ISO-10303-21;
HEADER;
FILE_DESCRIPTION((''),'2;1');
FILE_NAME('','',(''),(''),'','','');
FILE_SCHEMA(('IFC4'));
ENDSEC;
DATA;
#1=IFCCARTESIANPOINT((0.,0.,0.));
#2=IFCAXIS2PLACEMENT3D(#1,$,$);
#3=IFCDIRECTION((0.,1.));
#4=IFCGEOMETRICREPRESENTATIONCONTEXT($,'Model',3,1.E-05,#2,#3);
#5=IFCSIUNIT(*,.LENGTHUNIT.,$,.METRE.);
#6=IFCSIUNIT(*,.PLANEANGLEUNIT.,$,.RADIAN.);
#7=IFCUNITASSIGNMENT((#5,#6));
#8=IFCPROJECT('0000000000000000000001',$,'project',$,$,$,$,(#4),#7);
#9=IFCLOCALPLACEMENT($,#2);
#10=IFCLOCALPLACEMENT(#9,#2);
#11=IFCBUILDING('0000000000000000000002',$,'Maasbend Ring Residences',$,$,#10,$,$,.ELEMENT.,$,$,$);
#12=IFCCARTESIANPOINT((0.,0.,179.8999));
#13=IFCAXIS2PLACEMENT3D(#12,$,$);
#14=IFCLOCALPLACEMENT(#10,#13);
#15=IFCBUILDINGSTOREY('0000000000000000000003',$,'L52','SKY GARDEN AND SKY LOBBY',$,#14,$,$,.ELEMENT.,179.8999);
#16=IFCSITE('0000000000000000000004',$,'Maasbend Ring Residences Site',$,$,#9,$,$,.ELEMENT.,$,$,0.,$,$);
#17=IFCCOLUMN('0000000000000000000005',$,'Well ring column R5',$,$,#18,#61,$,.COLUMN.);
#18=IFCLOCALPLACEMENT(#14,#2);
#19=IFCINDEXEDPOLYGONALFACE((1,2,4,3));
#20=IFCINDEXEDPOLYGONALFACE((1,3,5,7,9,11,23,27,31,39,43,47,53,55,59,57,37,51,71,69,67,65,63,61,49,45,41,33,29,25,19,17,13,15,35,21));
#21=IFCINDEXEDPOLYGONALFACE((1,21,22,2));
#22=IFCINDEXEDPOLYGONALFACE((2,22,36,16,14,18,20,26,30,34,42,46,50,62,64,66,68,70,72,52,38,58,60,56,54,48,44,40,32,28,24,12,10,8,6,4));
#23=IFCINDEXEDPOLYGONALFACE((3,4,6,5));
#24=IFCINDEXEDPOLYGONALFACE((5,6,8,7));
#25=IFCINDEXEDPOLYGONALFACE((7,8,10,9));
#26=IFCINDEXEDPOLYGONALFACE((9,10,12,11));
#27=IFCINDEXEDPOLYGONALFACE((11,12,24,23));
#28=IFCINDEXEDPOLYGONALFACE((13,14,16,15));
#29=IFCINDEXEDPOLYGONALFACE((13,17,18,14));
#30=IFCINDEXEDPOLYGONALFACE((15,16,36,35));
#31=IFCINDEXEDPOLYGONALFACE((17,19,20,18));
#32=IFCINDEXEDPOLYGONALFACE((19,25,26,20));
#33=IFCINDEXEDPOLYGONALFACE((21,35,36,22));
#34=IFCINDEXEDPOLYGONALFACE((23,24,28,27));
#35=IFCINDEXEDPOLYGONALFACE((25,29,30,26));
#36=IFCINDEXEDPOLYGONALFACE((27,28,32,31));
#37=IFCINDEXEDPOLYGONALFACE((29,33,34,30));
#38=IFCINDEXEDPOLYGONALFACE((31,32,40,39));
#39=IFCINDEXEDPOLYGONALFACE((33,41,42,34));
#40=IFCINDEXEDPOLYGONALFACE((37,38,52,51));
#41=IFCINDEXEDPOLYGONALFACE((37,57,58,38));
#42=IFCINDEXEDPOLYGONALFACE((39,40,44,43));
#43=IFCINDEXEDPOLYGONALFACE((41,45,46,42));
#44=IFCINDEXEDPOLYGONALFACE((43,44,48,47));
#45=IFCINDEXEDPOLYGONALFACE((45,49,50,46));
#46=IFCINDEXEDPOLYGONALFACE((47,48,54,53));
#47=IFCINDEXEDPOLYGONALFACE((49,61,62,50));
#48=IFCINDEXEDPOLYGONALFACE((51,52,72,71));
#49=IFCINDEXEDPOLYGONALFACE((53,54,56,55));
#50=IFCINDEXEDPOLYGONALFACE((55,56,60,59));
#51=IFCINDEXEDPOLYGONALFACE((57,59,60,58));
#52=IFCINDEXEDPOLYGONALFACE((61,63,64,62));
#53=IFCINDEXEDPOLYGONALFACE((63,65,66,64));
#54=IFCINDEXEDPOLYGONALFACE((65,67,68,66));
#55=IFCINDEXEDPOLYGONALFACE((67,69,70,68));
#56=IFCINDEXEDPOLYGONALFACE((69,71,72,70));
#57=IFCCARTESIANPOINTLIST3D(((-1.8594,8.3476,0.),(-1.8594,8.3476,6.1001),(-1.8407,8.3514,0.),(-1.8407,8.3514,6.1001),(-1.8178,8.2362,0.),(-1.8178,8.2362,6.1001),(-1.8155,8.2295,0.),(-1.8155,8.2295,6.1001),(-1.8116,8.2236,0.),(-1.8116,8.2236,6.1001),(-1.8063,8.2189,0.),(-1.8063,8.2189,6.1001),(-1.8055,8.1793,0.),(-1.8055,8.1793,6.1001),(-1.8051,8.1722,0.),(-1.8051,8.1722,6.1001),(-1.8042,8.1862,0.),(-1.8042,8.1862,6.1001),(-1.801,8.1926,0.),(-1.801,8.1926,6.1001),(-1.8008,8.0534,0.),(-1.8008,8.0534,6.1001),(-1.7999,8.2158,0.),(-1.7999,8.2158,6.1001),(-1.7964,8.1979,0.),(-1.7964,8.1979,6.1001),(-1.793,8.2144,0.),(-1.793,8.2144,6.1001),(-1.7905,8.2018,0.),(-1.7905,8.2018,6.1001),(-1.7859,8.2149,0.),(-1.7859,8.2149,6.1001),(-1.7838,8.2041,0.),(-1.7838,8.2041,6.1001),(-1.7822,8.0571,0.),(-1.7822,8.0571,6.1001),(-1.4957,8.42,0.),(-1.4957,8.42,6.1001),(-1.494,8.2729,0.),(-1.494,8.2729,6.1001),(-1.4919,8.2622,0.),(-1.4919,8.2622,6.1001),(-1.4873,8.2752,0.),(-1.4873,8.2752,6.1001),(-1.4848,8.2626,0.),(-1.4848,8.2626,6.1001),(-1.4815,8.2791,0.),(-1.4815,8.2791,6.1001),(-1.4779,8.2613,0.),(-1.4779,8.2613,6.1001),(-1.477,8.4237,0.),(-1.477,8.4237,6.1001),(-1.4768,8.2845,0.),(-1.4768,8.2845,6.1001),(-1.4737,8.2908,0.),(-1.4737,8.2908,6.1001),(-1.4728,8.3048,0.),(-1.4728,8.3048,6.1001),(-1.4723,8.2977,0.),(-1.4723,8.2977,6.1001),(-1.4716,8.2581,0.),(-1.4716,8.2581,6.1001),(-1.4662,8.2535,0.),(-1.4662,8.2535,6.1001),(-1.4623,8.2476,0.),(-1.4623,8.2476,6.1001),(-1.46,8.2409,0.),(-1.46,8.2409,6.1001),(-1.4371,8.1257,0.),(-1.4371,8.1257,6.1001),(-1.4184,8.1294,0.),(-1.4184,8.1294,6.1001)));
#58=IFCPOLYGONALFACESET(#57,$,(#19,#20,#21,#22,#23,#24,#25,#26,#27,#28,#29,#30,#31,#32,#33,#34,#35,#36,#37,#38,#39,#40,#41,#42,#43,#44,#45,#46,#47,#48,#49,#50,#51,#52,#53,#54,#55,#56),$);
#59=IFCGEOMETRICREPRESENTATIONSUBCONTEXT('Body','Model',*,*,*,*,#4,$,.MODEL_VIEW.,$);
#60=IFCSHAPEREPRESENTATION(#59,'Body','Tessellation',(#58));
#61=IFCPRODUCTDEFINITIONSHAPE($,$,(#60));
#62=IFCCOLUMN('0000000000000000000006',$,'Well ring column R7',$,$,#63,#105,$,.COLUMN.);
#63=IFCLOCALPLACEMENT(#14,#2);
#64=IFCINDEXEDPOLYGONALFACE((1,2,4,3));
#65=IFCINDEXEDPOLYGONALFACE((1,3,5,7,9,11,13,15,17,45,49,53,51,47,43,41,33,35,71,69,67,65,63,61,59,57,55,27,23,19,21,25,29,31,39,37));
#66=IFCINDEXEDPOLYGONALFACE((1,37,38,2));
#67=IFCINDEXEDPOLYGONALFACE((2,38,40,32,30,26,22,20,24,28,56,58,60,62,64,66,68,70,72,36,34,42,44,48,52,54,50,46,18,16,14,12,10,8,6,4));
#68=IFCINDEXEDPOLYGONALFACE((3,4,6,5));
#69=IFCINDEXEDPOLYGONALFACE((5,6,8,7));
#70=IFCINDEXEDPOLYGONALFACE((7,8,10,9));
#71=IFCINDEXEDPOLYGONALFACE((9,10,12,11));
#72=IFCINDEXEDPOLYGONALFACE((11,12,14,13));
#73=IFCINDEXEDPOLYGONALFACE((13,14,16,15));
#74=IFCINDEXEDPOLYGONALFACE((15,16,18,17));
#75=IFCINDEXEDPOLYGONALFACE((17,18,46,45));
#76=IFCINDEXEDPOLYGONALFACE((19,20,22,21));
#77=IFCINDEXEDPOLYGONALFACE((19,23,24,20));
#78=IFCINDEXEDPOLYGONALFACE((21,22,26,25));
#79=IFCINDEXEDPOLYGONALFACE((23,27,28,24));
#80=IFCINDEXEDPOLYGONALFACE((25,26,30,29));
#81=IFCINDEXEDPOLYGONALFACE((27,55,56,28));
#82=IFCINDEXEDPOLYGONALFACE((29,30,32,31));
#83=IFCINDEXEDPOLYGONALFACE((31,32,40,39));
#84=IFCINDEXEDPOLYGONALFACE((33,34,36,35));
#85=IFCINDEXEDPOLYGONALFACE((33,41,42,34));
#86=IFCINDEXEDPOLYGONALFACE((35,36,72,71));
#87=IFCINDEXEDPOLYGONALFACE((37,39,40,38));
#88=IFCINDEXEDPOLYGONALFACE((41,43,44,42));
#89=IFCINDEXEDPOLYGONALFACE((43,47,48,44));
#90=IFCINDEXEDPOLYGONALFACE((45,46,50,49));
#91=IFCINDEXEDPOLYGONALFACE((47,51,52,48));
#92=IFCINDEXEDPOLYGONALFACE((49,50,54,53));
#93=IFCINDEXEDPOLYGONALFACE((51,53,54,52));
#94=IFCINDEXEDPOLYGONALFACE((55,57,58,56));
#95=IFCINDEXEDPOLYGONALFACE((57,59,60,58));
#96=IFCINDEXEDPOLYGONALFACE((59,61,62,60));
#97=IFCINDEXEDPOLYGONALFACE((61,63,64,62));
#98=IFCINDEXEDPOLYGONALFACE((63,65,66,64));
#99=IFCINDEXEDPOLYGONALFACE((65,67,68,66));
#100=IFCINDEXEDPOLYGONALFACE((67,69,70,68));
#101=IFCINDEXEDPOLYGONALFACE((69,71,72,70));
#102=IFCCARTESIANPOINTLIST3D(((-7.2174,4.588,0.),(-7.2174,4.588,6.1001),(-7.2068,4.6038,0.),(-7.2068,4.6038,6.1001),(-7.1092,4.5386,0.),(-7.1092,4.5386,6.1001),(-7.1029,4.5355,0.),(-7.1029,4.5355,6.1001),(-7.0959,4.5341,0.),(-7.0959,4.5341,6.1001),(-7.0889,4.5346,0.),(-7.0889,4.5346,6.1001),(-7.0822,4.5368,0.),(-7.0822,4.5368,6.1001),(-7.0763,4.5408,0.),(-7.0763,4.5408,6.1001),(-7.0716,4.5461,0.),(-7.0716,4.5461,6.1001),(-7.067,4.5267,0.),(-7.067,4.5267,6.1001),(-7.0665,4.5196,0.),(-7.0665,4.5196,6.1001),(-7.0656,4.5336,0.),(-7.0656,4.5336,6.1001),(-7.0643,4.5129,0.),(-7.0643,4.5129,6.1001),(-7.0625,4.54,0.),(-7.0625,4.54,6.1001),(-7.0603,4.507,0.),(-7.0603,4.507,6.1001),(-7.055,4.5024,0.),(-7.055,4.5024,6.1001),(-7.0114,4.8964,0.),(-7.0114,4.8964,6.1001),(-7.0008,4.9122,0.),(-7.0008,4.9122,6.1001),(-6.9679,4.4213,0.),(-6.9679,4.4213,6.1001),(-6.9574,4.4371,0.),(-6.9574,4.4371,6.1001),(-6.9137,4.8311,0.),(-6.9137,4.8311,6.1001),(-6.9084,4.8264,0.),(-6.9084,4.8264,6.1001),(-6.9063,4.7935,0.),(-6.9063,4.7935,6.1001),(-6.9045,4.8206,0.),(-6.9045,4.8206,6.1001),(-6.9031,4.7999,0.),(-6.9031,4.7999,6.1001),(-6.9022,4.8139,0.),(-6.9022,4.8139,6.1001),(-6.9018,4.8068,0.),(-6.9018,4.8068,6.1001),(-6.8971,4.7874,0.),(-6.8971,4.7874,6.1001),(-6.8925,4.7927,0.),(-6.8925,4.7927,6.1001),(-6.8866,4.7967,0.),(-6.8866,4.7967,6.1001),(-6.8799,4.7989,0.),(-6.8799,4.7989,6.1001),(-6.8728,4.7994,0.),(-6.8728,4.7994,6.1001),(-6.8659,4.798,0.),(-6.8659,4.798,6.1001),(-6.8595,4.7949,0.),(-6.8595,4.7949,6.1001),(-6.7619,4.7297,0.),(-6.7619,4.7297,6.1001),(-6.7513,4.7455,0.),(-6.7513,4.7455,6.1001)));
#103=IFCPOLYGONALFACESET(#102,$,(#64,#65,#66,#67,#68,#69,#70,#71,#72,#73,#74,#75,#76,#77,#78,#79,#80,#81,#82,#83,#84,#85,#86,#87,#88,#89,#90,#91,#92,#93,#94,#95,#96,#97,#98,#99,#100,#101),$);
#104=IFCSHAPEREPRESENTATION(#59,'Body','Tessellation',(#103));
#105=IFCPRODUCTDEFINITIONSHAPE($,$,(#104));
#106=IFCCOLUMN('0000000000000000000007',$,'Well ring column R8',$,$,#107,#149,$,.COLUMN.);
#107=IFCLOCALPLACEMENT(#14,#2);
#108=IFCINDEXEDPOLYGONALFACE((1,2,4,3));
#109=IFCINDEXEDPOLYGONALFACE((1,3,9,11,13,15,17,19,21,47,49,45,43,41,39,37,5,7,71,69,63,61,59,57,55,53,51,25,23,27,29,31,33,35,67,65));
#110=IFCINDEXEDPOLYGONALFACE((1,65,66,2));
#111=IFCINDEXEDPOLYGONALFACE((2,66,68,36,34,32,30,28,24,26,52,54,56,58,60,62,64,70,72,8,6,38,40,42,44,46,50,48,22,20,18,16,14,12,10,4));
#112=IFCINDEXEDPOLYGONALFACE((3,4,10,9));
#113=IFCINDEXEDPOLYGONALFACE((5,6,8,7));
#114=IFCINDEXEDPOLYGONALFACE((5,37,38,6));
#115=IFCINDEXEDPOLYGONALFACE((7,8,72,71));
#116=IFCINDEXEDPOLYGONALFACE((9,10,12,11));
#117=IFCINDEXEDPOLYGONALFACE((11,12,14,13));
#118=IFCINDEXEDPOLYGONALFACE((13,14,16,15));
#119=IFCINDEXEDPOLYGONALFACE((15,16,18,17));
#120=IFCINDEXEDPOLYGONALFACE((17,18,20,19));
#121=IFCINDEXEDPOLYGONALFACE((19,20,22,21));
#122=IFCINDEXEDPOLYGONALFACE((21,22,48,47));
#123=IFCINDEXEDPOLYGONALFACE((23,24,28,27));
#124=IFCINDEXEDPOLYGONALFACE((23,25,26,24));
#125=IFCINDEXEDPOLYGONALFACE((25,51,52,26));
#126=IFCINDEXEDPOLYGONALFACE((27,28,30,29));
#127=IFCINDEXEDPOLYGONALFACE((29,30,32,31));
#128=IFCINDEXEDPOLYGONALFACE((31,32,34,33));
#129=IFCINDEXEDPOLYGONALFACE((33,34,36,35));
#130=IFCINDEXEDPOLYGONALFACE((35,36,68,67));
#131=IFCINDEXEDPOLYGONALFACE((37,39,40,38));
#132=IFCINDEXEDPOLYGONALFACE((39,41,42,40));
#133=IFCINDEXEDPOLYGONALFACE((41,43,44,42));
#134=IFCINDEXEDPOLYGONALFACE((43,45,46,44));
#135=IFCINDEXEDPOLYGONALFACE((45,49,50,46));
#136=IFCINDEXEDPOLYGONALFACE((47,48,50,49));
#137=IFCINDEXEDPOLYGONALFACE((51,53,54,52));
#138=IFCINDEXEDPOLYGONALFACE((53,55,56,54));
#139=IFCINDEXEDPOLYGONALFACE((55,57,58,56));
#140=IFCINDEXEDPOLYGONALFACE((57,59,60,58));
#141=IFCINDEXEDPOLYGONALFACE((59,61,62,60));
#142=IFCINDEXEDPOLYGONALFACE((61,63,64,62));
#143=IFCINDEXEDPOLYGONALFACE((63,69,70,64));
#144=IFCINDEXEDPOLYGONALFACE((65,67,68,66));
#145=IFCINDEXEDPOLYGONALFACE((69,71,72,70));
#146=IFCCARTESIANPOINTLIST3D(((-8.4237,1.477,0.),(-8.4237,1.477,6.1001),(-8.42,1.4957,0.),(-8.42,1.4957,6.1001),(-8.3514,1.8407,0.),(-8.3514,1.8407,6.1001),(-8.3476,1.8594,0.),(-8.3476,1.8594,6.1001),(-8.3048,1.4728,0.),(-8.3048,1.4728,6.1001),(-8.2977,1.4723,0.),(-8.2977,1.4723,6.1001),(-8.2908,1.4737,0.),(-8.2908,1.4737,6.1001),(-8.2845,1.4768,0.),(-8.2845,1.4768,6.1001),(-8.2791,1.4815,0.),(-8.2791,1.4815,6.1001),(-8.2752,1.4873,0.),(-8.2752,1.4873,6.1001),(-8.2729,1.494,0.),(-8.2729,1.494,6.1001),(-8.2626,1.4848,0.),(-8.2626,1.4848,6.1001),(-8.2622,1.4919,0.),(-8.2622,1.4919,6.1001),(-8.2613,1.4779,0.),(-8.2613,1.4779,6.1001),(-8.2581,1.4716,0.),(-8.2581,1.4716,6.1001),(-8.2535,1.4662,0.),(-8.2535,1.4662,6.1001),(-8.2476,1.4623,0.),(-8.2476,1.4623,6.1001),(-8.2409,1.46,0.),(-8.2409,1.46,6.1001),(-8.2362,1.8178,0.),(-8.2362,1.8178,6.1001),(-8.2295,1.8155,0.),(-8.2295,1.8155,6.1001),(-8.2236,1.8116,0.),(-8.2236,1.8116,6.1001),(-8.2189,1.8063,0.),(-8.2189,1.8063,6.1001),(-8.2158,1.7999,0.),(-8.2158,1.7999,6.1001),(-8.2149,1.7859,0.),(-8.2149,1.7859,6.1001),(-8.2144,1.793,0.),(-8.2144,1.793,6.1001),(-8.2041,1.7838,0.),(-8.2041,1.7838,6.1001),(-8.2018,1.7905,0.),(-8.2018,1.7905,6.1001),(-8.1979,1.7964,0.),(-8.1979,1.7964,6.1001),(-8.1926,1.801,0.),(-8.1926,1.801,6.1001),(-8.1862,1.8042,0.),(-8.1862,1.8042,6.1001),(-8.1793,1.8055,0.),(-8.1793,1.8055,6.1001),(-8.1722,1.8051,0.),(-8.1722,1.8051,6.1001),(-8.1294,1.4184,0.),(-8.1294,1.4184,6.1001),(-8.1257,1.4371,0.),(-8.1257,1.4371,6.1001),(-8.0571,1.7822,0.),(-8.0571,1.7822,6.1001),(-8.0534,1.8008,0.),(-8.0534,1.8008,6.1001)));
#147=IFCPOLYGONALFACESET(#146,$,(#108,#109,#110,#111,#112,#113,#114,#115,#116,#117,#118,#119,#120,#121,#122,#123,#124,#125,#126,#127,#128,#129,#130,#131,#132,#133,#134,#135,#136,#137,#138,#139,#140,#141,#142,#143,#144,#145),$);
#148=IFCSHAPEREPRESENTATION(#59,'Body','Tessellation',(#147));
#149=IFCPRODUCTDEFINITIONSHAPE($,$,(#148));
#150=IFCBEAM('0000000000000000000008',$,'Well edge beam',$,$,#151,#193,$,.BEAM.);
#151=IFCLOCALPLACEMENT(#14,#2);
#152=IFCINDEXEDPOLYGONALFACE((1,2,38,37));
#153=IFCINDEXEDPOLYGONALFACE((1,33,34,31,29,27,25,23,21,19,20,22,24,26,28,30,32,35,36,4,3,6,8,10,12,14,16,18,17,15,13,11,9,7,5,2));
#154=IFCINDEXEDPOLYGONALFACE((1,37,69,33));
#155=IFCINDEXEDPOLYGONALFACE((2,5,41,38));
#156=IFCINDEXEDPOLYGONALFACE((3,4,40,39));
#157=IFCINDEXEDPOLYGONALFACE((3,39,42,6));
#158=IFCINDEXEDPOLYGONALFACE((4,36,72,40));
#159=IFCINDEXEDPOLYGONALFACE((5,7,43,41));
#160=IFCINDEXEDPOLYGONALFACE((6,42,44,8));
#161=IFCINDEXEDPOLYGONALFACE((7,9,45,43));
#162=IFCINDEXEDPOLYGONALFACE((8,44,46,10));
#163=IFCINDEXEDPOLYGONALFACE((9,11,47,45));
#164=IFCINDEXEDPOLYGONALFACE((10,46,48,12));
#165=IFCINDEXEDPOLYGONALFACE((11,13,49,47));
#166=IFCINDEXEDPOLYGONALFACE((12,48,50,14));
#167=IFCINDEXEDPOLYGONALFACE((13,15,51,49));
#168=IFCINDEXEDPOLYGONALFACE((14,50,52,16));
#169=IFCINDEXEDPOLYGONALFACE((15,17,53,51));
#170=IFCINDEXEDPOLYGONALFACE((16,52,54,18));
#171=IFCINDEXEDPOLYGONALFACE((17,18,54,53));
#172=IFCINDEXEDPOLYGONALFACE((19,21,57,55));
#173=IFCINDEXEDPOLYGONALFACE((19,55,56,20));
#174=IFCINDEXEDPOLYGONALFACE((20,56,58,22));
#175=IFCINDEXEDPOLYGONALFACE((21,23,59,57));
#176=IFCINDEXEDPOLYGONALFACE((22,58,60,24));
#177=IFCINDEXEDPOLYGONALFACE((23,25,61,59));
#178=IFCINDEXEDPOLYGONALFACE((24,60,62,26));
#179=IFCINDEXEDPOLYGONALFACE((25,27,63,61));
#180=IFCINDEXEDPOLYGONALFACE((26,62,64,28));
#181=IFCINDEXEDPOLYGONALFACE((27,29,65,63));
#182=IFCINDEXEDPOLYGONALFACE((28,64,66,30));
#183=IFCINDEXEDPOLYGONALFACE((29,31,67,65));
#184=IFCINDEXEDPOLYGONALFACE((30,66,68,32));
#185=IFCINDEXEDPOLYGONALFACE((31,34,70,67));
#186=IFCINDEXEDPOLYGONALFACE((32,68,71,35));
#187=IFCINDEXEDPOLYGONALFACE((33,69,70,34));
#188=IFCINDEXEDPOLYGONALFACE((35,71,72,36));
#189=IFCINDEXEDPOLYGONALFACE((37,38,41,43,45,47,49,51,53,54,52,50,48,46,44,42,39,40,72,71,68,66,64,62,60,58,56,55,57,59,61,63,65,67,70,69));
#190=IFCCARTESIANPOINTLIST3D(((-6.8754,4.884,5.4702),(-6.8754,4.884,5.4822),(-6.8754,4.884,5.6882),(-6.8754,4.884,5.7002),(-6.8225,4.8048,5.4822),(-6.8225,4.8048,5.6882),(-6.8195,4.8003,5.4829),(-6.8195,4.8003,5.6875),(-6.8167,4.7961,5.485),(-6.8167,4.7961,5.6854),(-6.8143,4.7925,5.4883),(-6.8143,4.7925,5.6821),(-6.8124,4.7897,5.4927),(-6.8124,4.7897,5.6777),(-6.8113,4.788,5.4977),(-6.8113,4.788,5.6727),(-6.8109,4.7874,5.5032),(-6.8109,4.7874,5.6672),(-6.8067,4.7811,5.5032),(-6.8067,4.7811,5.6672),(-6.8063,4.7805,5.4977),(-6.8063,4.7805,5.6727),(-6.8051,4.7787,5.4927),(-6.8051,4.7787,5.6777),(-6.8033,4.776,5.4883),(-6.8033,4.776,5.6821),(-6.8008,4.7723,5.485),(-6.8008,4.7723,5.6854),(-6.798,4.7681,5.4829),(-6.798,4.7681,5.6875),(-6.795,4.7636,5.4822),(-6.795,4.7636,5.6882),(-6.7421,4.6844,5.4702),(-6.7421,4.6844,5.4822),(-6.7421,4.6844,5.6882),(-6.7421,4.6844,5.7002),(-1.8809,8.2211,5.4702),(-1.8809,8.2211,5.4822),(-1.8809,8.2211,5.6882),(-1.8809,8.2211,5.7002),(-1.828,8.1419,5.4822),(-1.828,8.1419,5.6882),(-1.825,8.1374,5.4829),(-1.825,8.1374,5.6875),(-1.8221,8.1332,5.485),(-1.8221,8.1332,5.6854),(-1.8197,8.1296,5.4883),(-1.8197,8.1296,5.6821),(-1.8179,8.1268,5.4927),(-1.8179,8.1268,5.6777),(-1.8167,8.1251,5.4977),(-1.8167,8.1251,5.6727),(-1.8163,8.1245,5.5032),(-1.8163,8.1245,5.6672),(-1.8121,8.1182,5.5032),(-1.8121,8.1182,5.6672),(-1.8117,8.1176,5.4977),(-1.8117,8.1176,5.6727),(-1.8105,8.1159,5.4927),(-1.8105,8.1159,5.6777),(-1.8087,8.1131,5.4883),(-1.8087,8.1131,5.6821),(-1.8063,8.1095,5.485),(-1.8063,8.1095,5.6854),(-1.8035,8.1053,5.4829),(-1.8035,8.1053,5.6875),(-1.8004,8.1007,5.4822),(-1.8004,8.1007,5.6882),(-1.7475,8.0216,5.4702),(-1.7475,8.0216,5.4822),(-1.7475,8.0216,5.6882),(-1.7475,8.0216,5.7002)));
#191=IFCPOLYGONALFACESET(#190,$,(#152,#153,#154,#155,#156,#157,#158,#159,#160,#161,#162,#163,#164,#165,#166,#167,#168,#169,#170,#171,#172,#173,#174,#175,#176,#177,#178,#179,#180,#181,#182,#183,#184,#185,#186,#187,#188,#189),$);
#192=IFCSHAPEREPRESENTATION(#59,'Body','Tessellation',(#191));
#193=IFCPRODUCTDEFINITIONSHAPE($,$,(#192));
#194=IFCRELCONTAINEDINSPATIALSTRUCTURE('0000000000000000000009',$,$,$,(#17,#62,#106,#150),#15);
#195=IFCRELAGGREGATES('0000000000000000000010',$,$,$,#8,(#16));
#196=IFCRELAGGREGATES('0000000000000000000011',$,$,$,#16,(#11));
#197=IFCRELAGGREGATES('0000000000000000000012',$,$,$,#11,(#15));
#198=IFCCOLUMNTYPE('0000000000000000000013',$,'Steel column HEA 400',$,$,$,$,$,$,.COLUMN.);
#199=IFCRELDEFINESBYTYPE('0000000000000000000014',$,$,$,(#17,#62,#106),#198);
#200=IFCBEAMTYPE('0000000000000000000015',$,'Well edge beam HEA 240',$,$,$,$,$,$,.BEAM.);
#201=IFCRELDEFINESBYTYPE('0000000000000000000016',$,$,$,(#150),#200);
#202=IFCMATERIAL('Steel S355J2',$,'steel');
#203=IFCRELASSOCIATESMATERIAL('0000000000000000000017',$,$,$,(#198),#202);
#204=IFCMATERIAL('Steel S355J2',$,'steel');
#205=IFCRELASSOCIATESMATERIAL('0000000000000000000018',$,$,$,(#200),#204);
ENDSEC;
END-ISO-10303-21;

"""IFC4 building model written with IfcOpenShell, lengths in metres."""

from ifc_helpers import new_model, si_unit, direction, frame, origin, origin_2d, place, context, subcontext, project, spatial, i_section, extrude, material, material_profile, profile_set, type_object, element, save


model = new_model("IFC4")

# Units and contexts
model_context = context("Model", 3, precision=1e-05, world=origin(), true_north=direction((0.0, 1.0)))
body_context = subcontext(model_context, "Body", "Model", "MODEL_VIEW")
ifc_project = project(units=[si_unit("LENGTHUNIT", "METRE"), si_unit("PLANEANGLEUNIT", "RADIAN")], contexts=[model_context])

# Site, building, storey
site_placement = place(None, origin())
site = spatial("IfcSite", under=ifc_project, at=site_placement, Name="Maasbend Ring Residences Site", CompositionType="ELEMENT", RefElevation=0.0)
building_placement = place(site_placement, origin())
building = spatial("IfcBuilding", under=site, at=building_placement, Name="Maasbend Ring Residences", CompositionType="ELEMENT")
storey_placement = place(building_placement, frame((0.0, 0.0, 179.8999)))
storey = spatial("IfcBuildingStorey", under=building, at=storey_placement, Name="L52", Description="SKY GARDEN AND SKY LOBBY", CompositionType="ELEMENT", Elevation=179.8999)

# Columns
ifc_material_1 = material(Name="Steel S355J2", Category="steel")
ifc_material_profile_1 = material_profile(ifc_material_1, i_section(OverallWidth=0.3, OverallDepth=0.3899, WebThickness=0.011, FlangeThickness=0.019, FilletRadius=0.0271, at=origin_2d()), Name="HEA 400")
ifc_profile_set_1 = profile_set([ifc_material_profile_1], Name="Steel S355J2")
column_type = type_object("IfcColumnType", Name="Steel column HEA 400", PredefinedType="COLUMN", material=ifc_profile_set_1)
for number, where, z_axis, x_axis, name in (
    (1, (-1.6389, 8.2385, 0.0), (0.0, 0.0, 1.0), (-0.19509, 0.980785, 0.0), "Well ring column R5"),
    (2, (-6.9844, 4.6667, 0.0), (0.0, 0.0, 1.0), (-0.83147, 0.55557, 0.0), "Well ring column R7"),
    (3, (-8.2385, 1.6389, 0.0), (0.0, 0.0, 1.0), (-0.980785, 0.19509, 0.0), "Well ring column R8"),
):
    element("IfcColumn", number, at=place(storey_placement, frame(where, z_axis=z_axis, x_axis=x_axis)), inside=storey, type_object=column_type, Name=name, PredefinedType="COLUMN", context=body_context, shape_type="SweptSolid", body=[
        extrude(i_section(OverallWidth=0.3, OverallDepth=0.3899, WebThickness=0.011, FlangeThickness=0.019, FilletRadius=0.0271, at=origin_2d()), origin(), (0.0, 0.0, 1.0), 6.1001),
    ])

# Beam
ifc_material_2 = material(Name="Steel S355J2", Category="steel")
ifc_material_profile_2 = material_profile(ifc_material_2, i_section(OverallWidth=0.24, OverallDepth=0.23, WebThickness=0.0076, FlangeThickness=0.012, FilletRadius=0.021, at=origin_2d()), Name="HEA 240")
ifc_profile_set_2 = profile_set([ifc_material_profile_2], Name="Steel S355J2")
beam_type = type_object("IfcBeamType", Name="Well edge beam HEA 240", PredefinedType="BEAM", material=ifc_profile_set_2)
beam_placement = place(storey_placement, frame((-1.8142, 8.1213, 5.5852), z_axis=(-0.831481, -0.555553, 0.0), x_axis=(0.555553, -0.831481, 0.0)))
element("IfcBeam", 4, at=beam_placement, inside=storey, type_object=beam_type, Name="Well edge beam", PredefinedType="BEAM", context=body_context, shape_type="SweptSolid", body=[
    extrude(i_section(OverallWidth=0.24, OverallDepth=0.23, WebThickness=0.0076, FlangeThickness=0.012, FilletRadius=0.021, at=origin_2d()), origin(), (0.0, 0.0, 1.0), 6.0068),
])

save(model, "model.ifc")
